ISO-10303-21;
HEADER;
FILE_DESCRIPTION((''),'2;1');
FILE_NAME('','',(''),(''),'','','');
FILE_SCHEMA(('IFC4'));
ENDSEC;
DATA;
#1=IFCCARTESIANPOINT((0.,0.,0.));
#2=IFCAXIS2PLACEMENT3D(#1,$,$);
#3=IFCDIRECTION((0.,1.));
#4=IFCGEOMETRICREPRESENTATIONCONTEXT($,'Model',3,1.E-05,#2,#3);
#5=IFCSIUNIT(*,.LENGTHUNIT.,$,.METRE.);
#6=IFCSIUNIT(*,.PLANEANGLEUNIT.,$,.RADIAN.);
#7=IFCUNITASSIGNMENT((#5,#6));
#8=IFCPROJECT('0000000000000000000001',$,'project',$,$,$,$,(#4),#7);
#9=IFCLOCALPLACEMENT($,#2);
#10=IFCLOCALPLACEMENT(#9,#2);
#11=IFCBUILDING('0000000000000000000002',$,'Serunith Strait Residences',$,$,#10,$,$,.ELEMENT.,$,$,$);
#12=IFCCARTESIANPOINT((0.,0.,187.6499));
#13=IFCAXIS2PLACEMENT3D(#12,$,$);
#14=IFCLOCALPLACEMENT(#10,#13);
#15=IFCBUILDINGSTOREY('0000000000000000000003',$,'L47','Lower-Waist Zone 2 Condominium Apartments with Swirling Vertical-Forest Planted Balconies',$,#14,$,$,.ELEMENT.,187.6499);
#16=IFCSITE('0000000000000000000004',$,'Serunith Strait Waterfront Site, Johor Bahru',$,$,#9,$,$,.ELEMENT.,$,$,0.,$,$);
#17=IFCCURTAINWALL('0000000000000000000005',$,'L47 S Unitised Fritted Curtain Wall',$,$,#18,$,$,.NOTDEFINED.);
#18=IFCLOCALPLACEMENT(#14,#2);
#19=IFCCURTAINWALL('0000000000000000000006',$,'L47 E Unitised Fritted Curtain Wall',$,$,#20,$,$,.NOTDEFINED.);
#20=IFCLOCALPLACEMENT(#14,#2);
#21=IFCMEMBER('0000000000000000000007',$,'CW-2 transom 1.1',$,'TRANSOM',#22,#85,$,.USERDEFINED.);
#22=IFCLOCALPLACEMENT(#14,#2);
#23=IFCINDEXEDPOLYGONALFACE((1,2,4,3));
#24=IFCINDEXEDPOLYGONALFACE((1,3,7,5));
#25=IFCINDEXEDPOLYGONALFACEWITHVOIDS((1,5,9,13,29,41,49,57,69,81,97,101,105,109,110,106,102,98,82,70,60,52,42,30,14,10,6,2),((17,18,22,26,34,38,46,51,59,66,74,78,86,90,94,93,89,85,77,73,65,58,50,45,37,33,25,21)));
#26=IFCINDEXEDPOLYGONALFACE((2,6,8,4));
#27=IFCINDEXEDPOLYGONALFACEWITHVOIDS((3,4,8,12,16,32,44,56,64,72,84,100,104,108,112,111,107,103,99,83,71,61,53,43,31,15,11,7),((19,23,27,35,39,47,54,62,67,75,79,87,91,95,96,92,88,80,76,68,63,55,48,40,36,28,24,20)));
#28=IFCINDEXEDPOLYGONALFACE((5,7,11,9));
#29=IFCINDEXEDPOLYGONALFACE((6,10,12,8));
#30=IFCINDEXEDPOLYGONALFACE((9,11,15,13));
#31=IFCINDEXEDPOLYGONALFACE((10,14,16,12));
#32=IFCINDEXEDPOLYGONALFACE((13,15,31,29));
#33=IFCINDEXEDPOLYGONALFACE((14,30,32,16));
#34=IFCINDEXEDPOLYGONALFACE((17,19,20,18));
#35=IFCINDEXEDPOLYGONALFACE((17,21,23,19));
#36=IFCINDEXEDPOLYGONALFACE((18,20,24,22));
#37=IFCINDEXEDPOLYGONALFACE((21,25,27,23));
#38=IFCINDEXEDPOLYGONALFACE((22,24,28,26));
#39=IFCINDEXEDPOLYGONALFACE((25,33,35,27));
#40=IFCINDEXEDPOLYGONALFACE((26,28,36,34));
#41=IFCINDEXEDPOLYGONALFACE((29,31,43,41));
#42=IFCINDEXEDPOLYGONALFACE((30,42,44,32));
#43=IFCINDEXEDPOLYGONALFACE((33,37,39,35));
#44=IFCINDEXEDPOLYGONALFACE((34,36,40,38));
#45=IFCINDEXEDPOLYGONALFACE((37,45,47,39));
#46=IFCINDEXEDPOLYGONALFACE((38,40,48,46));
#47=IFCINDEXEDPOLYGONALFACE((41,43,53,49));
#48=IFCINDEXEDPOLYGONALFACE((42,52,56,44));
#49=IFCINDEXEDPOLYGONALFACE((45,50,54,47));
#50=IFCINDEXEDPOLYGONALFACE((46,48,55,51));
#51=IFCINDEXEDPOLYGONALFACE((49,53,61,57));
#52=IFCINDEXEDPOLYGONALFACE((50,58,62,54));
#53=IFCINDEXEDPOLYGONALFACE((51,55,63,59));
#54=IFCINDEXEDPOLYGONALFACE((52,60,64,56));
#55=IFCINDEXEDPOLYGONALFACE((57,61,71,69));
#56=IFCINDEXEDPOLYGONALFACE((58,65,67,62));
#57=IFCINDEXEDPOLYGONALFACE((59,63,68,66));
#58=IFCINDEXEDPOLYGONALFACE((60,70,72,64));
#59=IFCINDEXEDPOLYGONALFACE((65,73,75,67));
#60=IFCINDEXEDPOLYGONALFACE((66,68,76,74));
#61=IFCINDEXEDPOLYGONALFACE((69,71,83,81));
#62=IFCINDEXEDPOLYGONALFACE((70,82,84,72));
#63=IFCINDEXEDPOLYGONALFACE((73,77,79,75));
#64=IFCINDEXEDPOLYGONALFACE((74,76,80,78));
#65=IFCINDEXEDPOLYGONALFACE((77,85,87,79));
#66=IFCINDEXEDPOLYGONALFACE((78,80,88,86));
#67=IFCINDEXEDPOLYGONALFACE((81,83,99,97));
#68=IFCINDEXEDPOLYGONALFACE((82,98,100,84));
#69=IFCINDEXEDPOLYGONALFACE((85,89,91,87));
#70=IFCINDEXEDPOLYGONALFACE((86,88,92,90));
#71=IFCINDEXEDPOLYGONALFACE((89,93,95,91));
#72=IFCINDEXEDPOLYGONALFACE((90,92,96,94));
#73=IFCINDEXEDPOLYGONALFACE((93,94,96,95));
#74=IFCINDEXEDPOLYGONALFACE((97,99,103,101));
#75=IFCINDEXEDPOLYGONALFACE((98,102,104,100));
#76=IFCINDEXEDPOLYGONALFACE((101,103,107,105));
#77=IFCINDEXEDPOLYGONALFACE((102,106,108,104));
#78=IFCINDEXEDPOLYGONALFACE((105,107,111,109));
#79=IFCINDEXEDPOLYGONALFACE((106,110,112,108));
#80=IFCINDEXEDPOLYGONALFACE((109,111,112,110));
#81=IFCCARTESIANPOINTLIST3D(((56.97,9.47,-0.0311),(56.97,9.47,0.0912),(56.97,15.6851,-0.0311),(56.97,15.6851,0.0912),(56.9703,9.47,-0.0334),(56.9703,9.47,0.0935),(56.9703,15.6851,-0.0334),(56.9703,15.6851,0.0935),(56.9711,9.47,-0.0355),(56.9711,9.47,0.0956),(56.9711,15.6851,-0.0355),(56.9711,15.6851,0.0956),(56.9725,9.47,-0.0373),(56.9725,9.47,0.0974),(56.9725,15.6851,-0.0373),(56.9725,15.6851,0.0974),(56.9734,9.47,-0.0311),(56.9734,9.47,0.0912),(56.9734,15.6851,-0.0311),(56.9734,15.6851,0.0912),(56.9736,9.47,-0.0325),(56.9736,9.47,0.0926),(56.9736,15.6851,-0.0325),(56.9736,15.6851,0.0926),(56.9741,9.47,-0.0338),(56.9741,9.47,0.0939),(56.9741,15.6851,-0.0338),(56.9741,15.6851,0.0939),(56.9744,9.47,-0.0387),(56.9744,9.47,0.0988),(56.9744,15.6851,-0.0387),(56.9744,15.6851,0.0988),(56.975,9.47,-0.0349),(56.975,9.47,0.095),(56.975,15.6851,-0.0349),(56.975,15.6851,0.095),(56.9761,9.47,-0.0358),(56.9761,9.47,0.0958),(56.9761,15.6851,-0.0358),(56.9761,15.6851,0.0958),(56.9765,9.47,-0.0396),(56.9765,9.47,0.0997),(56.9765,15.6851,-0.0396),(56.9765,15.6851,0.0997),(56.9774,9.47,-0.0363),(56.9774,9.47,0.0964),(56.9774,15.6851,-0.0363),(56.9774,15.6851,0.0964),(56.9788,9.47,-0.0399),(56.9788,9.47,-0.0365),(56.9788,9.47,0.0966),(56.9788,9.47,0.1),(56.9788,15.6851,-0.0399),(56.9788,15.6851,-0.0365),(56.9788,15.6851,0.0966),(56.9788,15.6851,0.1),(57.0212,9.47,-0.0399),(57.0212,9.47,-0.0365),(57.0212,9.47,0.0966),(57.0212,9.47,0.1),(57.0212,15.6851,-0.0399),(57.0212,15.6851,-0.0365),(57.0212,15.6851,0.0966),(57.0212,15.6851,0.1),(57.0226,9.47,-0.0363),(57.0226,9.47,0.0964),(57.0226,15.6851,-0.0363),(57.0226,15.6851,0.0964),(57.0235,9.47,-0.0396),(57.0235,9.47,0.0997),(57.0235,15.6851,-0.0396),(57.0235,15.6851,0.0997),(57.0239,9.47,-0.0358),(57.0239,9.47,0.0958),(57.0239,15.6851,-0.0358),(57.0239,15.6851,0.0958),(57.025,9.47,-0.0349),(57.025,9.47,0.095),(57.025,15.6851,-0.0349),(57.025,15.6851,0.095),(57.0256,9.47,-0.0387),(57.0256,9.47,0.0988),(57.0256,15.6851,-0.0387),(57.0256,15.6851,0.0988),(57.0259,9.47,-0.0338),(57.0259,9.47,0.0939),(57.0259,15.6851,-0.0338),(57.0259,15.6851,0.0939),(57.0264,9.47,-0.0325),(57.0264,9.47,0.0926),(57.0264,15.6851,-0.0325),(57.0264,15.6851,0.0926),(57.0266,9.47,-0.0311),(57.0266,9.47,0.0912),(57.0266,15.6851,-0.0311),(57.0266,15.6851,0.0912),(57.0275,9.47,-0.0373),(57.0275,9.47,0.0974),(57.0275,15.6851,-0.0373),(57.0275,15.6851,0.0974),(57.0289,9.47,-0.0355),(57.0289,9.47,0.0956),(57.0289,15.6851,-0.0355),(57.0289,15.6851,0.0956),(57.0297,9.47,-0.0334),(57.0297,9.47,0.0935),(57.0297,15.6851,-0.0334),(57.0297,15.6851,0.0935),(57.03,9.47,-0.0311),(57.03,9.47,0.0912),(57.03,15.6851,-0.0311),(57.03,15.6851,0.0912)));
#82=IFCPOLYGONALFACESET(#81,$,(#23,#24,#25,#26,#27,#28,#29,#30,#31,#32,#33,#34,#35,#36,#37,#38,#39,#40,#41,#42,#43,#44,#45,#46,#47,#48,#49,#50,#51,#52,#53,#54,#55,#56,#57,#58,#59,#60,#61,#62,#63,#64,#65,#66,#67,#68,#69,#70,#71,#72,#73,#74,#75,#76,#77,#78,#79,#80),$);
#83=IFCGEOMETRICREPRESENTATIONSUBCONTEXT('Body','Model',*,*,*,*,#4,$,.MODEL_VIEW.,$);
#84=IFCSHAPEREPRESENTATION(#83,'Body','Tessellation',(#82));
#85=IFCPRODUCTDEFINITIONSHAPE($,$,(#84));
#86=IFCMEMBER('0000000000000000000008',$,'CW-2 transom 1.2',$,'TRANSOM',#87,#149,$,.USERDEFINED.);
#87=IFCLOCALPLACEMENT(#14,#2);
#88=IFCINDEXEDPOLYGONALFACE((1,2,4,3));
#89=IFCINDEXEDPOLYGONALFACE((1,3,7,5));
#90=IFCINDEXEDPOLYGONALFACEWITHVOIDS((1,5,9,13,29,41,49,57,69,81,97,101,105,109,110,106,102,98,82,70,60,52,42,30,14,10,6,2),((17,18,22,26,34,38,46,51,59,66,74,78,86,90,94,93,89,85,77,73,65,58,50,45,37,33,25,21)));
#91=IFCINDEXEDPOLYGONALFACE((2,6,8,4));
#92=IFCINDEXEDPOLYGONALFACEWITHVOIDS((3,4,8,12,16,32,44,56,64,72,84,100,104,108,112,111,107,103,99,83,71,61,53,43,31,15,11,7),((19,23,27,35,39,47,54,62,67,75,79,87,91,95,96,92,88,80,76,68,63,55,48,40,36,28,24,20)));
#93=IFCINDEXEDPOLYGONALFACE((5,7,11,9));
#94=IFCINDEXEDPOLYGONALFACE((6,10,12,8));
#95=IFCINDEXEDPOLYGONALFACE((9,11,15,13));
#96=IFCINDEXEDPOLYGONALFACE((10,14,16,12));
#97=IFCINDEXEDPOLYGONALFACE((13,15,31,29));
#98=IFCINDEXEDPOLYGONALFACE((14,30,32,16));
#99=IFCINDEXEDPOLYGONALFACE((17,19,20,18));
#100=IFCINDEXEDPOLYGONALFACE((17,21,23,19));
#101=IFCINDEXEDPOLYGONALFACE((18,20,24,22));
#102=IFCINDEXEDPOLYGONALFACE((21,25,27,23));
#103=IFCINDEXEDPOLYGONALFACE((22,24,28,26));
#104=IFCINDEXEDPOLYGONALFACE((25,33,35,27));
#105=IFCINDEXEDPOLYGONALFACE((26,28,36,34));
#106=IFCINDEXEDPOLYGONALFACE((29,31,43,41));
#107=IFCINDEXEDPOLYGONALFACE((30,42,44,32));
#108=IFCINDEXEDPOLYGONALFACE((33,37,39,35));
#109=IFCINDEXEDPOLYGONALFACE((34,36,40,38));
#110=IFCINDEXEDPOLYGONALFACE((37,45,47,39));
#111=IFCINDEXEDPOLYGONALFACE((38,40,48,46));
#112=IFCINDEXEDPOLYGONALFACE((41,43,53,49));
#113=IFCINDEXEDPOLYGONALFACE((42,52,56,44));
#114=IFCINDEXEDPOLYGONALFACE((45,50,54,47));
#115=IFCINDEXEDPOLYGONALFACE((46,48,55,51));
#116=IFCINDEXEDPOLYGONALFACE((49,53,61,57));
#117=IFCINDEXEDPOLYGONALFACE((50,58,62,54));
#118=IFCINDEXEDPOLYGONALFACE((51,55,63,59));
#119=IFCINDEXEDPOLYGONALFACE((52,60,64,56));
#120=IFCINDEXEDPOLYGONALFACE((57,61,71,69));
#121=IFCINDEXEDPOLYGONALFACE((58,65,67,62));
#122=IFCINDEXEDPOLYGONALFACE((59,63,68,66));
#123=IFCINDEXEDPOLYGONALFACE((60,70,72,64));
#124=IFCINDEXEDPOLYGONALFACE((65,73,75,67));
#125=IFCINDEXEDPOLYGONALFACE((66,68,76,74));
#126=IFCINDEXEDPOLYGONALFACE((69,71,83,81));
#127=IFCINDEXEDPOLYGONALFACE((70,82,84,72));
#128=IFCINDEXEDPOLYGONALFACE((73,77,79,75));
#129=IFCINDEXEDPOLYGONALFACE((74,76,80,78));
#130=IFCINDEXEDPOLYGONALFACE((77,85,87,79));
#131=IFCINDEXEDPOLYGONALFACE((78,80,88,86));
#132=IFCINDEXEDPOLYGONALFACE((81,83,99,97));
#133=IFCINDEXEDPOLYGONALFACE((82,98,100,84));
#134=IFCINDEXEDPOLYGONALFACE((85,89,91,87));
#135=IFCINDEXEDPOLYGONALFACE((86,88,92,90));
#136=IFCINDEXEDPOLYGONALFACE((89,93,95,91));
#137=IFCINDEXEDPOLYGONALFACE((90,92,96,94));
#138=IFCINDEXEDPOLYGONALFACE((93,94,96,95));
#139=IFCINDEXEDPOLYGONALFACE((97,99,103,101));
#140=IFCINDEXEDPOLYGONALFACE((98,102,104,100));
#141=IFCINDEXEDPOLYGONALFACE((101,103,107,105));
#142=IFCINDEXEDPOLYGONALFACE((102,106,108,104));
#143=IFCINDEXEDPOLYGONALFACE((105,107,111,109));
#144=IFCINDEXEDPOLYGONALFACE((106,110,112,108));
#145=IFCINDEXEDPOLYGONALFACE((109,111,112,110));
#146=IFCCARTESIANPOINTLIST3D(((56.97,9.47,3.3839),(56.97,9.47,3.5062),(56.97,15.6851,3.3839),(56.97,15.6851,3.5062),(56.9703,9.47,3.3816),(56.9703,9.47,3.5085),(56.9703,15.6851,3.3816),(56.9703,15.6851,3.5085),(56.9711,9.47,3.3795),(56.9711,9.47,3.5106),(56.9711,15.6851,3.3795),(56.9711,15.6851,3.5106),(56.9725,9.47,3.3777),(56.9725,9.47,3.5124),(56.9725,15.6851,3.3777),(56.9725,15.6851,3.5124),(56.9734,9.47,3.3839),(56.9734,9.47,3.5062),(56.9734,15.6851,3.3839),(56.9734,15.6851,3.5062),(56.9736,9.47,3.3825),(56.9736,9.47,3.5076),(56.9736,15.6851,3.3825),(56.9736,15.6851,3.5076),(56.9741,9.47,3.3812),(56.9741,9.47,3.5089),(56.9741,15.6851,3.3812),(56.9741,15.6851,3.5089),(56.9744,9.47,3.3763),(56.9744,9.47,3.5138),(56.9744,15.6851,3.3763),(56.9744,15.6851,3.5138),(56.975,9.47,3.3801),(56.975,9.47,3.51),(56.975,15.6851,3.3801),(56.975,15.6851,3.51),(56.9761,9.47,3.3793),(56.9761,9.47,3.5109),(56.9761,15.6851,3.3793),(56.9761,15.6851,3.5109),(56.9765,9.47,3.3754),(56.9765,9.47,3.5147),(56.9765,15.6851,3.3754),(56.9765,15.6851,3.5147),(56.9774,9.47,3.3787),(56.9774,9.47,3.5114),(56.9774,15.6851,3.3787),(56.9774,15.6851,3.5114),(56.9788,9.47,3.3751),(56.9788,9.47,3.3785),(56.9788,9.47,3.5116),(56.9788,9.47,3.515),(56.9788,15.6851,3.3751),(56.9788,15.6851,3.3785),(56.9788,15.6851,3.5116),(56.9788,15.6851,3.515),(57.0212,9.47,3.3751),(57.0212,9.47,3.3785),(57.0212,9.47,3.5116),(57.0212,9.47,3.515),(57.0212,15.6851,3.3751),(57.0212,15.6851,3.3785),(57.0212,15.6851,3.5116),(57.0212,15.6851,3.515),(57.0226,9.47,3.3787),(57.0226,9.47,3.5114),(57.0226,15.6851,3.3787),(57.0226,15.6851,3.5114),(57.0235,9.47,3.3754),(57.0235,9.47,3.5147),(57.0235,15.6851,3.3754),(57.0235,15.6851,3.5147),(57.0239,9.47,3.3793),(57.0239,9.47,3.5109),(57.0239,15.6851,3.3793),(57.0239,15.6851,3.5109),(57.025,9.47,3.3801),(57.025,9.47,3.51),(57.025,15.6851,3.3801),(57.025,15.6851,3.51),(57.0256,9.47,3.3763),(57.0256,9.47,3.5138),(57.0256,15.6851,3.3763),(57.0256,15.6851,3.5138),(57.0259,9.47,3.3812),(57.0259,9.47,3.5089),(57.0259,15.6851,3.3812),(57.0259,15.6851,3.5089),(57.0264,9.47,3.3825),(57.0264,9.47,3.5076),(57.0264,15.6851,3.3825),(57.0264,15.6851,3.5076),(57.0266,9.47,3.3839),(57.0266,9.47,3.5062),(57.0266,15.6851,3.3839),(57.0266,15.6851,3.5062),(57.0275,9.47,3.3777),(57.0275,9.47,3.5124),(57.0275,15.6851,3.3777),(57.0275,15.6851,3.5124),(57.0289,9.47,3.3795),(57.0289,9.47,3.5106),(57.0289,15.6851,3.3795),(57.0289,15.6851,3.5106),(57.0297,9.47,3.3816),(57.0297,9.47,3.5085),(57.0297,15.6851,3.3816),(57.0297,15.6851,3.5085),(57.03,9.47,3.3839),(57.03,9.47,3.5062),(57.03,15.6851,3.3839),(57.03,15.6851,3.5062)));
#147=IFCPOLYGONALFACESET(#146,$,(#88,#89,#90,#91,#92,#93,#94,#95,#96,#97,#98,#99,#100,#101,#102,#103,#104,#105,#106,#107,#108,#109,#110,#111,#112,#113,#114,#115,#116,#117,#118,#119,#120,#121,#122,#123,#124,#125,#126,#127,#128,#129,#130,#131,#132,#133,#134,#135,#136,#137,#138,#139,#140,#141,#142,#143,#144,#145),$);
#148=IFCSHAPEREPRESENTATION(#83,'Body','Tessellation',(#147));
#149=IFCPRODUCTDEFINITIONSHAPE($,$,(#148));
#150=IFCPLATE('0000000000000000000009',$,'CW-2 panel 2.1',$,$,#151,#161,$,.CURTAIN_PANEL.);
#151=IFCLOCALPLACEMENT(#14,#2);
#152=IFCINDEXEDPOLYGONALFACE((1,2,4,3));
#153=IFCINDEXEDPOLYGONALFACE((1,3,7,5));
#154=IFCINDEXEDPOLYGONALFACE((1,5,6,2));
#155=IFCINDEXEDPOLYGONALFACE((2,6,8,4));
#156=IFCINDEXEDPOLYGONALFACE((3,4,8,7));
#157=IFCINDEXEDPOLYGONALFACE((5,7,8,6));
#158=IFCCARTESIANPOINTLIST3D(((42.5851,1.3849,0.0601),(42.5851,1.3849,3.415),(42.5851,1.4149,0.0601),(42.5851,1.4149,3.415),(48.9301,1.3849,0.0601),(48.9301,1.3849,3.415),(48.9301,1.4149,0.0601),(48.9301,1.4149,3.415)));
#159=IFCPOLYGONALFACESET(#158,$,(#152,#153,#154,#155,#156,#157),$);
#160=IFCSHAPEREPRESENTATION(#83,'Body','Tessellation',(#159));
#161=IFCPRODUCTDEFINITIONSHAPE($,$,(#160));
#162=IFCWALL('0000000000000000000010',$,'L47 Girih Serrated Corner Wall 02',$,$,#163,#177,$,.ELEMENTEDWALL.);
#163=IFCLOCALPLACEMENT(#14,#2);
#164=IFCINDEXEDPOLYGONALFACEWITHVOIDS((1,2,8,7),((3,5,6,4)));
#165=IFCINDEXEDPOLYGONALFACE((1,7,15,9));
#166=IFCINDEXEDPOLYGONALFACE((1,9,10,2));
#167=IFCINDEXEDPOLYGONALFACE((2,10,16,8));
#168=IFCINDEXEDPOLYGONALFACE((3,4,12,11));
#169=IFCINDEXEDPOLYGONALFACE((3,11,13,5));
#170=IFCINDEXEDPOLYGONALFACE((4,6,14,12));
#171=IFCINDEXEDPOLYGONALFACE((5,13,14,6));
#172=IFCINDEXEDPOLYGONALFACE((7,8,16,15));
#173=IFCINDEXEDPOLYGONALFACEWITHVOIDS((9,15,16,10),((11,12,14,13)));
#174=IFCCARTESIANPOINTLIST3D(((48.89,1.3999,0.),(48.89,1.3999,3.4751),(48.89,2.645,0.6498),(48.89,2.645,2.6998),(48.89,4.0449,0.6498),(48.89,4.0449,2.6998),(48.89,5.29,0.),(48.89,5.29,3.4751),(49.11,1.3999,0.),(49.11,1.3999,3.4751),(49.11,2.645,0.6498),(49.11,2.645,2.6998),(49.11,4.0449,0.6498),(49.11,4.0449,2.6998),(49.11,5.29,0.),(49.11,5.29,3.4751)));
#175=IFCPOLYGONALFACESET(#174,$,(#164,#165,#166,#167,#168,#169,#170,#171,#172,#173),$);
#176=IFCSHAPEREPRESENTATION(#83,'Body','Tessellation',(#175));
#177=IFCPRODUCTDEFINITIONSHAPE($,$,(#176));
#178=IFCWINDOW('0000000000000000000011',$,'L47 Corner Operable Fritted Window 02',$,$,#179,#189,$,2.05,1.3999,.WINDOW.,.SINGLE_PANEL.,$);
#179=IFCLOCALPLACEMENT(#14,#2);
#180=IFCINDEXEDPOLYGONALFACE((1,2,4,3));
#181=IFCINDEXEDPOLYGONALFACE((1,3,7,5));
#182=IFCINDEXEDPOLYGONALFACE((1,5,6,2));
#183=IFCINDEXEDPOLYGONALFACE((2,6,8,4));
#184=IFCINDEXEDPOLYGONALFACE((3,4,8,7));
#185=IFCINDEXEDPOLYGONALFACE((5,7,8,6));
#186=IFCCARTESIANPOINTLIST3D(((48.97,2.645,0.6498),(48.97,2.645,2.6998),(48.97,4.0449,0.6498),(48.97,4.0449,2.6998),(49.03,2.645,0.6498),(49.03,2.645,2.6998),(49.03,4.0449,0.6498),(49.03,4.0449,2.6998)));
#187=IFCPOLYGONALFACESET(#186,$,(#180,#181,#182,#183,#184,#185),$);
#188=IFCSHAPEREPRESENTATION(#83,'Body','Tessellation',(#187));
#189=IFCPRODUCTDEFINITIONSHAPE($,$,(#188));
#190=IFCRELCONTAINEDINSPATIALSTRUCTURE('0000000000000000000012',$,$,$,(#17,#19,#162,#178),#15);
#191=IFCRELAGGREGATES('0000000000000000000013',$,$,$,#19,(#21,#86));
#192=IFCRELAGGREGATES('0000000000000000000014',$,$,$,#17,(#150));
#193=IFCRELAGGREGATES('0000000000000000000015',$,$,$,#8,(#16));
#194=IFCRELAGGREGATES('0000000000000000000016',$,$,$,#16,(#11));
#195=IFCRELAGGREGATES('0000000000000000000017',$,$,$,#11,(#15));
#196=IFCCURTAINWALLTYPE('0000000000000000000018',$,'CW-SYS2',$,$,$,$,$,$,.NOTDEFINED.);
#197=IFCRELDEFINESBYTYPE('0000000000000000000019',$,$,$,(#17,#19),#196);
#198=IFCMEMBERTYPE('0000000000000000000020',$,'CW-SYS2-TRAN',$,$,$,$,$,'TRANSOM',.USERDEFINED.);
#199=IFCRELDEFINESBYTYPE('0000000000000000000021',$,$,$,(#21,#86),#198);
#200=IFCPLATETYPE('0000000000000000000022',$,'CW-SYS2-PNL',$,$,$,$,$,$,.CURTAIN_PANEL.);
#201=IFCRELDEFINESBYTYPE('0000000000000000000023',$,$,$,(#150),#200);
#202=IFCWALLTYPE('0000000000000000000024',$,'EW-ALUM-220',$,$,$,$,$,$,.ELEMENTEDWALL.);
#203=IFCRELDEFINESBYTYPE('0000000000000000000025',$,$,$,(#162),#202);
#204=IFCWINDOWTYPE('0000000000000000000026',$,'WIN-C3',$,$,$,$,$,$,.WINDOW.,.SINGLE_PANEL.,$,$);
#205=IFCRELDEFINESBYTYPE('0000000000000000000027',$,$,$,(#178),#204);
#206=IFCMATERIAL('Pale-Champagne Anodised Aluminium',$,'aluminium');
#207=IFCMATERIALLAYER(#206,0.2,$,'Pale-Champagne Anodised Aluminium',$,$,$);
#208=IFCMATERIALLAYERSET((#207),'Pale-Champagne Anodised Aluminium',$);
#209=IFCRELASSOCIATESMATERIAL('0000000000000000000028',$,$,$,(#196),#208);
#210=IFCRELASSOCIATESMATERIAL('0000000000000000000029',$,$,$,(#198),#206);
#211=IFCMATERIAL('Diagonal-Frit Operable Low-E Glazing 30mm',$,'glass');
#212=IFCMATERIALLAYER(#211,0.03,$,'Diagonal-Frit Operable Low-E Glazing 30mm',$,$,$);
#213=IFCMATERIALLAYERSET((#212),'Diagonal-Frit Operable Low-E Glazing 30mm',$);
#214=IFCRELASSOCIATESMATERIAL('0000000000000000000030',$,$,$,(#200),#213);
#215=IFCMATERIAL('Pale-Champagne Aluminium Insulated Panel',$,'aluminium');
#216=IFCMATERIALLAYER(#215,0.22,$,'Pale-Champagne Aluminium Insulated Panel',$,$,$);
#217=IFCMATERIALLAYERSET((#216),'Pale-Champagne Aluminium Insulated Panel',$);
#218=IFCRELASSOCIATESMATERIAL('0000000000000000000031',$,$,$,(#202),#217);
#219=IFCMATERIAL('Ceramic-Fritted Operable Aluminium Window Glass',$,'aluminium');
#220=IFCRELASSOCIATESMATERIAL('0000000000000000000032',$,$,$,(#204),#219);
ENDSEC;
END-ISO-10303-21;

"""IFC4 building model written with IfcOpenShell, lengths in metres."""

from ifc_helpers import new_model, si_unit, direction, frame, frame_2d, origin, origin_2d, place, context, subcontext, project, spatial, rectangle, hollow_rectangle, extrude, source, transform, mapped, material, layer, layer_set, material_profile, profile_set, type_object, element, fill, aggregate, save


model = new_model("IFC4")

# Units and contexts
model_context = context("Model", 3, precision=1e-05, world=origin(), true_north=direction((0.0, 1.0)))
body_context = subcontext(model_context, "Body", "Model", "MODEL_VIEW")
ifc_project = project(units=[si_unit("LENGTHUNIT", "METRE"), si_unit("PLANEANGLEUNIT", "RADIAN")], contexts=[model_context])

# Site, building, storey
site_placement = place(None, origin())
site = spatial("IfcSite", under=ifc_project, at=site_placement, Name="Serunith Strait Waterfront Site, Johor Bahru", CompositionType="ELEMENT", RefElevation=0.0)
building_placement = place(site_placement, origin())
building = spatial("IfcBuilding", under=site, at=building_placement, Name="Serunith Strait Residences", CompositionType="ELEMENT")
storey_placement = place(building_placement, frame((0.0, 0.0, 187.6499)))
storey = spatial("IfcBuildingStorey", under=building, at=storey_placement, Name="L47", Description="Lower-Waist Zone 2 Condominium Apartments with Swirling Vertical-Forest Planted Balconies", CompositionType="ELEMENT", Elevation=187.6499)

# Curtain wall
ifc_material_1 = material(Name="Pale-Champagne Anodised Aluminium", Category="aluminium")
ifc_layer_1 = layer(ifc_material_1, 0.2, Name="Pale-Champagne Anodised Aluminium")
ifc_layer_set_1 = layer_set([ifc_layer_1], Name="Pale-Champagne Anodised Aluminium")
curtain_wall_type = type_object("IfcCurtainWallType", Name="CW-SYS2", PredefinedType="NOTDEFINED", material=ifc_layer_set_1)
curtain_wall_1_placement = place(storey_placement, origin())
curtain_wall_1 = element("IfcCurtainWall", 1, at=curtain_wall_1_placement, inside=storey, type_object=curtain_wall_type, Name="L47 S Unitised Fritted Curtain Wall", PredefinedType="NOTDEFINED")

# Curtain wall, members
curtain_wall_2_placement = place(storey_placement, origin())
curtain_wall_2 = element("IfcCurtainWall", 2, at=curtain_wall_2_placement, inside=storey, type_object=curtain_wall_type, Name="L47 E Unitised Fritted Curtain Wall", PredefinedType="NOTDEFINED")
ifc_material_profile_1 = material_profile(ifc_material_1, hollow_rectangle(XDim=0.0601, YDim=0.1399, WallThickness=0.0034, InnerFilletRadius=0.0054, OuterFilletRadius=0.0088, at=origin_2d()), Name="ALU 140x60x3.5")
ifc_profile_set_1 = profile_set([ifc_material_profile_1], Name="Pale-Champagne Anodised Aluminium")
member_type_1 = type_object("IfcMemberType", Name="CW-SYS2-TRAN", ElementType="TRANSOM", PredefinedType="USERDEFINED", material=ifc_profile_set_1)
shared_shape_1 = source(origin(), body_context, "Body", "SweptSolid", [
    extrude(hollow_rectangle(XDim=0.0601, YDim=0.1399, WallThickness=0.0034, InnerFilletRadius=0.0054, OuterFilletRadius=0.0088, at=origin_2d()), origin(), (0.0, 0.0, 1.0), 6.2151),
])
member_1_placement = place(storey_placement, frame((57.0, 9.47, 0.03), z_axis=(0.0, 1.0, 0.0), x_axis=(-1.0, 0.0, 0.0)))
member_1 = element("IfcMember", 3, at=member_1_placement, type_object=member_type_1, Name="CW-2 transom 1.1", ObjectType="TRANSOM", PredefinedType="USERDEFINED", context=body_context, shape_type="MappedRepresentation", body=[
    mapped(shared_shape_1, transform((0.0, 0.0, 0.0), scale=1.0)),
])
member_2_placement = place(storey_placement, frame((57.0, 9.47, 3.4451), z_axis=(0.0, 1.0, 0.0), x_axis=(-1.0, 0.0, 0.0)))
member_2 = element("IfcMember", 4, at=member_2_placement, type_object=member_type_1, Name="CW-2 transom 1.2", ObjectType="TRANSOM", PredefinedType="USERDEFINED", context=body_context, shape_type="MappedRepresentation", body=[
    mapped(shared_shape_1, transform((0.0, 0.0, 0.0), scale=1.0)),
])
aggregate(curtain_wall_2, [member_1, member_2])

# Plate
ifc_material_2 = material(Name="Diagonal-Frit Operable Low-E Glazing 30mm", Category="glass")
ifc_layer_2 = layer(ifc_material_2, 0.03, Name="Diagonal-Frit Operable Low-E Glazing 30mm")
ifc_layer_set_2 = layer_set([ifc_layer_2], Name="Diagonal-Frit Operable Low-E Glazing 30mm")
plate_type = type_object("IfcPlateType", Name="CW-SYS2-PNL", PredefinedType="CURTAIN_PANEL", material=ifc_layer_set_2)
shared_shape_2 = source(origin(), body_context, "Body", "SweptSolid", [
    extrude(rectangle(XDim=6.345, YDim=0.03, at=origin_2d()), origin(), (0.0, 0.0, 1.0), 3.355),
])
plate_placement = place(storey_placement, frame((45.7576, 1.3999, 0.0601), z_axis=(0.0, 0.0, 1.0), x_axis=(1.0, 0.0, 0.0)))
plate = element("IfcPlate", 5, at=plate_placement, type_object=plate_type, Name="CW-2 panel 2.1", PredefinedType="CURTAIN_PANEL", context=body_context, shape_type="MappedRepresentation", body=[
    mapped(shared_shape_2, transform((0.0, 0.0, 0.0), scale=1.0)),
])
aggregate(curtain_wall_1, [plate])

# Wall, opening, window
ifc_material_3 = material(Name="Pale-Champagne Aluminium Insulated Panel", Category="aluminium")
ifc_layer_3 = layer(ifc_material_3, 0.22, Name="Pale-Champagne Aluminium Insulated Panel")
ifc_layer_set_3 = layer_set([ifc_layer_3], Name="Pale-Champagne Aluminium Insulated Panel")
wall_type_1 = type_object("IfcWallType", Name="EW-ALUM-220", PredefinedType="ELEMENTEDWALL", material=ifc_layer_set_3)
wall_1_placement = place(storey_placement, frame((49.0, 1.3999, 0.0), z_axis=(0.0, 0.0, 1.0), x_axis=(0.0, 1.0, 0.0)))
wall_1 = element("IfcWall", 6, at=wall_1_placement, inside=storey, type_object=wall_type_1, Name="L47 Girih Serrated Corner Wall 02", PredefinedType="ELEMENTEDWALL", context=body_context, shape_type="SweptSolid", body=[
    extrude(rectangle(XDim=3.8901, YDim=0.22, at=frame_2d((1.9451, 0.0))), origin(), (0.0, 0.0, 1.0), 3.4751),
])
opening_1_placement = place(wall_1_placement, frame((1.2451, 0.0, 0.6499)))
opening_1 = element("IfcOpeningElement", 7, at=opening_1_placement, cuts=wall_1, PredefinedType="OPENING", context=body_context, shape_type="SweptSolid", body=[
    extrude(rectangle(XDim=1.3999, YDim=2.05, at=frame_2d((0.7, 1.0249))), frame((0.0, 0.1201, 0.0), z_axis=(0.0, -1.0, 0.0), x_axis=(1.0, 0.0, 0.0)), (0.0, 0.0, 1.0), 0.24),
])
ifc_material_4 = material(Name="Ceramic-Fritted Operable Aluminium Window Glass", Category="aluminium")
window_type = type_object("IfcWindowType", Name="WIN-C3", PartitioningType="SINGLE_PANEL", PredefinedType="WINDOW", material=ifc_material_4)
shared_shape_3 = source(origin(), body_context, "Body", "SweptSolid", [
    extrude(rectangle(XDim=1.3999, YDim=2.05, at=frame_2d((0.7, 1.0249))), frame((0.0, 0.03, 0.0), z_axis=(0.0, -1.0, 0.0), x_axis=(1.0, 0.0, 0.0)), (0.0, 0.0, 1.0), 0.0601),
])
window_1_placement = place(opening_1_placement, origin())
window_1 = element("IfcWindow", 8, at=window_1_placement, inside=storey, type_object=window_type, Name="L47 Corner Operable Fritted Window 02", OverallHeight=2.05, OverallWidth=1.3999, PartitioningType="SINGLE_PANEL", PredefinedType="WINDOW", context=body_context, shape_type="MappedRepresentation", body=[
    mapped(shared_shape_3, transform((0.0, 0.0, 0.0), scale=1.0)),
])
fill(opening_1, window_1)

save(model, "model.ifc")
